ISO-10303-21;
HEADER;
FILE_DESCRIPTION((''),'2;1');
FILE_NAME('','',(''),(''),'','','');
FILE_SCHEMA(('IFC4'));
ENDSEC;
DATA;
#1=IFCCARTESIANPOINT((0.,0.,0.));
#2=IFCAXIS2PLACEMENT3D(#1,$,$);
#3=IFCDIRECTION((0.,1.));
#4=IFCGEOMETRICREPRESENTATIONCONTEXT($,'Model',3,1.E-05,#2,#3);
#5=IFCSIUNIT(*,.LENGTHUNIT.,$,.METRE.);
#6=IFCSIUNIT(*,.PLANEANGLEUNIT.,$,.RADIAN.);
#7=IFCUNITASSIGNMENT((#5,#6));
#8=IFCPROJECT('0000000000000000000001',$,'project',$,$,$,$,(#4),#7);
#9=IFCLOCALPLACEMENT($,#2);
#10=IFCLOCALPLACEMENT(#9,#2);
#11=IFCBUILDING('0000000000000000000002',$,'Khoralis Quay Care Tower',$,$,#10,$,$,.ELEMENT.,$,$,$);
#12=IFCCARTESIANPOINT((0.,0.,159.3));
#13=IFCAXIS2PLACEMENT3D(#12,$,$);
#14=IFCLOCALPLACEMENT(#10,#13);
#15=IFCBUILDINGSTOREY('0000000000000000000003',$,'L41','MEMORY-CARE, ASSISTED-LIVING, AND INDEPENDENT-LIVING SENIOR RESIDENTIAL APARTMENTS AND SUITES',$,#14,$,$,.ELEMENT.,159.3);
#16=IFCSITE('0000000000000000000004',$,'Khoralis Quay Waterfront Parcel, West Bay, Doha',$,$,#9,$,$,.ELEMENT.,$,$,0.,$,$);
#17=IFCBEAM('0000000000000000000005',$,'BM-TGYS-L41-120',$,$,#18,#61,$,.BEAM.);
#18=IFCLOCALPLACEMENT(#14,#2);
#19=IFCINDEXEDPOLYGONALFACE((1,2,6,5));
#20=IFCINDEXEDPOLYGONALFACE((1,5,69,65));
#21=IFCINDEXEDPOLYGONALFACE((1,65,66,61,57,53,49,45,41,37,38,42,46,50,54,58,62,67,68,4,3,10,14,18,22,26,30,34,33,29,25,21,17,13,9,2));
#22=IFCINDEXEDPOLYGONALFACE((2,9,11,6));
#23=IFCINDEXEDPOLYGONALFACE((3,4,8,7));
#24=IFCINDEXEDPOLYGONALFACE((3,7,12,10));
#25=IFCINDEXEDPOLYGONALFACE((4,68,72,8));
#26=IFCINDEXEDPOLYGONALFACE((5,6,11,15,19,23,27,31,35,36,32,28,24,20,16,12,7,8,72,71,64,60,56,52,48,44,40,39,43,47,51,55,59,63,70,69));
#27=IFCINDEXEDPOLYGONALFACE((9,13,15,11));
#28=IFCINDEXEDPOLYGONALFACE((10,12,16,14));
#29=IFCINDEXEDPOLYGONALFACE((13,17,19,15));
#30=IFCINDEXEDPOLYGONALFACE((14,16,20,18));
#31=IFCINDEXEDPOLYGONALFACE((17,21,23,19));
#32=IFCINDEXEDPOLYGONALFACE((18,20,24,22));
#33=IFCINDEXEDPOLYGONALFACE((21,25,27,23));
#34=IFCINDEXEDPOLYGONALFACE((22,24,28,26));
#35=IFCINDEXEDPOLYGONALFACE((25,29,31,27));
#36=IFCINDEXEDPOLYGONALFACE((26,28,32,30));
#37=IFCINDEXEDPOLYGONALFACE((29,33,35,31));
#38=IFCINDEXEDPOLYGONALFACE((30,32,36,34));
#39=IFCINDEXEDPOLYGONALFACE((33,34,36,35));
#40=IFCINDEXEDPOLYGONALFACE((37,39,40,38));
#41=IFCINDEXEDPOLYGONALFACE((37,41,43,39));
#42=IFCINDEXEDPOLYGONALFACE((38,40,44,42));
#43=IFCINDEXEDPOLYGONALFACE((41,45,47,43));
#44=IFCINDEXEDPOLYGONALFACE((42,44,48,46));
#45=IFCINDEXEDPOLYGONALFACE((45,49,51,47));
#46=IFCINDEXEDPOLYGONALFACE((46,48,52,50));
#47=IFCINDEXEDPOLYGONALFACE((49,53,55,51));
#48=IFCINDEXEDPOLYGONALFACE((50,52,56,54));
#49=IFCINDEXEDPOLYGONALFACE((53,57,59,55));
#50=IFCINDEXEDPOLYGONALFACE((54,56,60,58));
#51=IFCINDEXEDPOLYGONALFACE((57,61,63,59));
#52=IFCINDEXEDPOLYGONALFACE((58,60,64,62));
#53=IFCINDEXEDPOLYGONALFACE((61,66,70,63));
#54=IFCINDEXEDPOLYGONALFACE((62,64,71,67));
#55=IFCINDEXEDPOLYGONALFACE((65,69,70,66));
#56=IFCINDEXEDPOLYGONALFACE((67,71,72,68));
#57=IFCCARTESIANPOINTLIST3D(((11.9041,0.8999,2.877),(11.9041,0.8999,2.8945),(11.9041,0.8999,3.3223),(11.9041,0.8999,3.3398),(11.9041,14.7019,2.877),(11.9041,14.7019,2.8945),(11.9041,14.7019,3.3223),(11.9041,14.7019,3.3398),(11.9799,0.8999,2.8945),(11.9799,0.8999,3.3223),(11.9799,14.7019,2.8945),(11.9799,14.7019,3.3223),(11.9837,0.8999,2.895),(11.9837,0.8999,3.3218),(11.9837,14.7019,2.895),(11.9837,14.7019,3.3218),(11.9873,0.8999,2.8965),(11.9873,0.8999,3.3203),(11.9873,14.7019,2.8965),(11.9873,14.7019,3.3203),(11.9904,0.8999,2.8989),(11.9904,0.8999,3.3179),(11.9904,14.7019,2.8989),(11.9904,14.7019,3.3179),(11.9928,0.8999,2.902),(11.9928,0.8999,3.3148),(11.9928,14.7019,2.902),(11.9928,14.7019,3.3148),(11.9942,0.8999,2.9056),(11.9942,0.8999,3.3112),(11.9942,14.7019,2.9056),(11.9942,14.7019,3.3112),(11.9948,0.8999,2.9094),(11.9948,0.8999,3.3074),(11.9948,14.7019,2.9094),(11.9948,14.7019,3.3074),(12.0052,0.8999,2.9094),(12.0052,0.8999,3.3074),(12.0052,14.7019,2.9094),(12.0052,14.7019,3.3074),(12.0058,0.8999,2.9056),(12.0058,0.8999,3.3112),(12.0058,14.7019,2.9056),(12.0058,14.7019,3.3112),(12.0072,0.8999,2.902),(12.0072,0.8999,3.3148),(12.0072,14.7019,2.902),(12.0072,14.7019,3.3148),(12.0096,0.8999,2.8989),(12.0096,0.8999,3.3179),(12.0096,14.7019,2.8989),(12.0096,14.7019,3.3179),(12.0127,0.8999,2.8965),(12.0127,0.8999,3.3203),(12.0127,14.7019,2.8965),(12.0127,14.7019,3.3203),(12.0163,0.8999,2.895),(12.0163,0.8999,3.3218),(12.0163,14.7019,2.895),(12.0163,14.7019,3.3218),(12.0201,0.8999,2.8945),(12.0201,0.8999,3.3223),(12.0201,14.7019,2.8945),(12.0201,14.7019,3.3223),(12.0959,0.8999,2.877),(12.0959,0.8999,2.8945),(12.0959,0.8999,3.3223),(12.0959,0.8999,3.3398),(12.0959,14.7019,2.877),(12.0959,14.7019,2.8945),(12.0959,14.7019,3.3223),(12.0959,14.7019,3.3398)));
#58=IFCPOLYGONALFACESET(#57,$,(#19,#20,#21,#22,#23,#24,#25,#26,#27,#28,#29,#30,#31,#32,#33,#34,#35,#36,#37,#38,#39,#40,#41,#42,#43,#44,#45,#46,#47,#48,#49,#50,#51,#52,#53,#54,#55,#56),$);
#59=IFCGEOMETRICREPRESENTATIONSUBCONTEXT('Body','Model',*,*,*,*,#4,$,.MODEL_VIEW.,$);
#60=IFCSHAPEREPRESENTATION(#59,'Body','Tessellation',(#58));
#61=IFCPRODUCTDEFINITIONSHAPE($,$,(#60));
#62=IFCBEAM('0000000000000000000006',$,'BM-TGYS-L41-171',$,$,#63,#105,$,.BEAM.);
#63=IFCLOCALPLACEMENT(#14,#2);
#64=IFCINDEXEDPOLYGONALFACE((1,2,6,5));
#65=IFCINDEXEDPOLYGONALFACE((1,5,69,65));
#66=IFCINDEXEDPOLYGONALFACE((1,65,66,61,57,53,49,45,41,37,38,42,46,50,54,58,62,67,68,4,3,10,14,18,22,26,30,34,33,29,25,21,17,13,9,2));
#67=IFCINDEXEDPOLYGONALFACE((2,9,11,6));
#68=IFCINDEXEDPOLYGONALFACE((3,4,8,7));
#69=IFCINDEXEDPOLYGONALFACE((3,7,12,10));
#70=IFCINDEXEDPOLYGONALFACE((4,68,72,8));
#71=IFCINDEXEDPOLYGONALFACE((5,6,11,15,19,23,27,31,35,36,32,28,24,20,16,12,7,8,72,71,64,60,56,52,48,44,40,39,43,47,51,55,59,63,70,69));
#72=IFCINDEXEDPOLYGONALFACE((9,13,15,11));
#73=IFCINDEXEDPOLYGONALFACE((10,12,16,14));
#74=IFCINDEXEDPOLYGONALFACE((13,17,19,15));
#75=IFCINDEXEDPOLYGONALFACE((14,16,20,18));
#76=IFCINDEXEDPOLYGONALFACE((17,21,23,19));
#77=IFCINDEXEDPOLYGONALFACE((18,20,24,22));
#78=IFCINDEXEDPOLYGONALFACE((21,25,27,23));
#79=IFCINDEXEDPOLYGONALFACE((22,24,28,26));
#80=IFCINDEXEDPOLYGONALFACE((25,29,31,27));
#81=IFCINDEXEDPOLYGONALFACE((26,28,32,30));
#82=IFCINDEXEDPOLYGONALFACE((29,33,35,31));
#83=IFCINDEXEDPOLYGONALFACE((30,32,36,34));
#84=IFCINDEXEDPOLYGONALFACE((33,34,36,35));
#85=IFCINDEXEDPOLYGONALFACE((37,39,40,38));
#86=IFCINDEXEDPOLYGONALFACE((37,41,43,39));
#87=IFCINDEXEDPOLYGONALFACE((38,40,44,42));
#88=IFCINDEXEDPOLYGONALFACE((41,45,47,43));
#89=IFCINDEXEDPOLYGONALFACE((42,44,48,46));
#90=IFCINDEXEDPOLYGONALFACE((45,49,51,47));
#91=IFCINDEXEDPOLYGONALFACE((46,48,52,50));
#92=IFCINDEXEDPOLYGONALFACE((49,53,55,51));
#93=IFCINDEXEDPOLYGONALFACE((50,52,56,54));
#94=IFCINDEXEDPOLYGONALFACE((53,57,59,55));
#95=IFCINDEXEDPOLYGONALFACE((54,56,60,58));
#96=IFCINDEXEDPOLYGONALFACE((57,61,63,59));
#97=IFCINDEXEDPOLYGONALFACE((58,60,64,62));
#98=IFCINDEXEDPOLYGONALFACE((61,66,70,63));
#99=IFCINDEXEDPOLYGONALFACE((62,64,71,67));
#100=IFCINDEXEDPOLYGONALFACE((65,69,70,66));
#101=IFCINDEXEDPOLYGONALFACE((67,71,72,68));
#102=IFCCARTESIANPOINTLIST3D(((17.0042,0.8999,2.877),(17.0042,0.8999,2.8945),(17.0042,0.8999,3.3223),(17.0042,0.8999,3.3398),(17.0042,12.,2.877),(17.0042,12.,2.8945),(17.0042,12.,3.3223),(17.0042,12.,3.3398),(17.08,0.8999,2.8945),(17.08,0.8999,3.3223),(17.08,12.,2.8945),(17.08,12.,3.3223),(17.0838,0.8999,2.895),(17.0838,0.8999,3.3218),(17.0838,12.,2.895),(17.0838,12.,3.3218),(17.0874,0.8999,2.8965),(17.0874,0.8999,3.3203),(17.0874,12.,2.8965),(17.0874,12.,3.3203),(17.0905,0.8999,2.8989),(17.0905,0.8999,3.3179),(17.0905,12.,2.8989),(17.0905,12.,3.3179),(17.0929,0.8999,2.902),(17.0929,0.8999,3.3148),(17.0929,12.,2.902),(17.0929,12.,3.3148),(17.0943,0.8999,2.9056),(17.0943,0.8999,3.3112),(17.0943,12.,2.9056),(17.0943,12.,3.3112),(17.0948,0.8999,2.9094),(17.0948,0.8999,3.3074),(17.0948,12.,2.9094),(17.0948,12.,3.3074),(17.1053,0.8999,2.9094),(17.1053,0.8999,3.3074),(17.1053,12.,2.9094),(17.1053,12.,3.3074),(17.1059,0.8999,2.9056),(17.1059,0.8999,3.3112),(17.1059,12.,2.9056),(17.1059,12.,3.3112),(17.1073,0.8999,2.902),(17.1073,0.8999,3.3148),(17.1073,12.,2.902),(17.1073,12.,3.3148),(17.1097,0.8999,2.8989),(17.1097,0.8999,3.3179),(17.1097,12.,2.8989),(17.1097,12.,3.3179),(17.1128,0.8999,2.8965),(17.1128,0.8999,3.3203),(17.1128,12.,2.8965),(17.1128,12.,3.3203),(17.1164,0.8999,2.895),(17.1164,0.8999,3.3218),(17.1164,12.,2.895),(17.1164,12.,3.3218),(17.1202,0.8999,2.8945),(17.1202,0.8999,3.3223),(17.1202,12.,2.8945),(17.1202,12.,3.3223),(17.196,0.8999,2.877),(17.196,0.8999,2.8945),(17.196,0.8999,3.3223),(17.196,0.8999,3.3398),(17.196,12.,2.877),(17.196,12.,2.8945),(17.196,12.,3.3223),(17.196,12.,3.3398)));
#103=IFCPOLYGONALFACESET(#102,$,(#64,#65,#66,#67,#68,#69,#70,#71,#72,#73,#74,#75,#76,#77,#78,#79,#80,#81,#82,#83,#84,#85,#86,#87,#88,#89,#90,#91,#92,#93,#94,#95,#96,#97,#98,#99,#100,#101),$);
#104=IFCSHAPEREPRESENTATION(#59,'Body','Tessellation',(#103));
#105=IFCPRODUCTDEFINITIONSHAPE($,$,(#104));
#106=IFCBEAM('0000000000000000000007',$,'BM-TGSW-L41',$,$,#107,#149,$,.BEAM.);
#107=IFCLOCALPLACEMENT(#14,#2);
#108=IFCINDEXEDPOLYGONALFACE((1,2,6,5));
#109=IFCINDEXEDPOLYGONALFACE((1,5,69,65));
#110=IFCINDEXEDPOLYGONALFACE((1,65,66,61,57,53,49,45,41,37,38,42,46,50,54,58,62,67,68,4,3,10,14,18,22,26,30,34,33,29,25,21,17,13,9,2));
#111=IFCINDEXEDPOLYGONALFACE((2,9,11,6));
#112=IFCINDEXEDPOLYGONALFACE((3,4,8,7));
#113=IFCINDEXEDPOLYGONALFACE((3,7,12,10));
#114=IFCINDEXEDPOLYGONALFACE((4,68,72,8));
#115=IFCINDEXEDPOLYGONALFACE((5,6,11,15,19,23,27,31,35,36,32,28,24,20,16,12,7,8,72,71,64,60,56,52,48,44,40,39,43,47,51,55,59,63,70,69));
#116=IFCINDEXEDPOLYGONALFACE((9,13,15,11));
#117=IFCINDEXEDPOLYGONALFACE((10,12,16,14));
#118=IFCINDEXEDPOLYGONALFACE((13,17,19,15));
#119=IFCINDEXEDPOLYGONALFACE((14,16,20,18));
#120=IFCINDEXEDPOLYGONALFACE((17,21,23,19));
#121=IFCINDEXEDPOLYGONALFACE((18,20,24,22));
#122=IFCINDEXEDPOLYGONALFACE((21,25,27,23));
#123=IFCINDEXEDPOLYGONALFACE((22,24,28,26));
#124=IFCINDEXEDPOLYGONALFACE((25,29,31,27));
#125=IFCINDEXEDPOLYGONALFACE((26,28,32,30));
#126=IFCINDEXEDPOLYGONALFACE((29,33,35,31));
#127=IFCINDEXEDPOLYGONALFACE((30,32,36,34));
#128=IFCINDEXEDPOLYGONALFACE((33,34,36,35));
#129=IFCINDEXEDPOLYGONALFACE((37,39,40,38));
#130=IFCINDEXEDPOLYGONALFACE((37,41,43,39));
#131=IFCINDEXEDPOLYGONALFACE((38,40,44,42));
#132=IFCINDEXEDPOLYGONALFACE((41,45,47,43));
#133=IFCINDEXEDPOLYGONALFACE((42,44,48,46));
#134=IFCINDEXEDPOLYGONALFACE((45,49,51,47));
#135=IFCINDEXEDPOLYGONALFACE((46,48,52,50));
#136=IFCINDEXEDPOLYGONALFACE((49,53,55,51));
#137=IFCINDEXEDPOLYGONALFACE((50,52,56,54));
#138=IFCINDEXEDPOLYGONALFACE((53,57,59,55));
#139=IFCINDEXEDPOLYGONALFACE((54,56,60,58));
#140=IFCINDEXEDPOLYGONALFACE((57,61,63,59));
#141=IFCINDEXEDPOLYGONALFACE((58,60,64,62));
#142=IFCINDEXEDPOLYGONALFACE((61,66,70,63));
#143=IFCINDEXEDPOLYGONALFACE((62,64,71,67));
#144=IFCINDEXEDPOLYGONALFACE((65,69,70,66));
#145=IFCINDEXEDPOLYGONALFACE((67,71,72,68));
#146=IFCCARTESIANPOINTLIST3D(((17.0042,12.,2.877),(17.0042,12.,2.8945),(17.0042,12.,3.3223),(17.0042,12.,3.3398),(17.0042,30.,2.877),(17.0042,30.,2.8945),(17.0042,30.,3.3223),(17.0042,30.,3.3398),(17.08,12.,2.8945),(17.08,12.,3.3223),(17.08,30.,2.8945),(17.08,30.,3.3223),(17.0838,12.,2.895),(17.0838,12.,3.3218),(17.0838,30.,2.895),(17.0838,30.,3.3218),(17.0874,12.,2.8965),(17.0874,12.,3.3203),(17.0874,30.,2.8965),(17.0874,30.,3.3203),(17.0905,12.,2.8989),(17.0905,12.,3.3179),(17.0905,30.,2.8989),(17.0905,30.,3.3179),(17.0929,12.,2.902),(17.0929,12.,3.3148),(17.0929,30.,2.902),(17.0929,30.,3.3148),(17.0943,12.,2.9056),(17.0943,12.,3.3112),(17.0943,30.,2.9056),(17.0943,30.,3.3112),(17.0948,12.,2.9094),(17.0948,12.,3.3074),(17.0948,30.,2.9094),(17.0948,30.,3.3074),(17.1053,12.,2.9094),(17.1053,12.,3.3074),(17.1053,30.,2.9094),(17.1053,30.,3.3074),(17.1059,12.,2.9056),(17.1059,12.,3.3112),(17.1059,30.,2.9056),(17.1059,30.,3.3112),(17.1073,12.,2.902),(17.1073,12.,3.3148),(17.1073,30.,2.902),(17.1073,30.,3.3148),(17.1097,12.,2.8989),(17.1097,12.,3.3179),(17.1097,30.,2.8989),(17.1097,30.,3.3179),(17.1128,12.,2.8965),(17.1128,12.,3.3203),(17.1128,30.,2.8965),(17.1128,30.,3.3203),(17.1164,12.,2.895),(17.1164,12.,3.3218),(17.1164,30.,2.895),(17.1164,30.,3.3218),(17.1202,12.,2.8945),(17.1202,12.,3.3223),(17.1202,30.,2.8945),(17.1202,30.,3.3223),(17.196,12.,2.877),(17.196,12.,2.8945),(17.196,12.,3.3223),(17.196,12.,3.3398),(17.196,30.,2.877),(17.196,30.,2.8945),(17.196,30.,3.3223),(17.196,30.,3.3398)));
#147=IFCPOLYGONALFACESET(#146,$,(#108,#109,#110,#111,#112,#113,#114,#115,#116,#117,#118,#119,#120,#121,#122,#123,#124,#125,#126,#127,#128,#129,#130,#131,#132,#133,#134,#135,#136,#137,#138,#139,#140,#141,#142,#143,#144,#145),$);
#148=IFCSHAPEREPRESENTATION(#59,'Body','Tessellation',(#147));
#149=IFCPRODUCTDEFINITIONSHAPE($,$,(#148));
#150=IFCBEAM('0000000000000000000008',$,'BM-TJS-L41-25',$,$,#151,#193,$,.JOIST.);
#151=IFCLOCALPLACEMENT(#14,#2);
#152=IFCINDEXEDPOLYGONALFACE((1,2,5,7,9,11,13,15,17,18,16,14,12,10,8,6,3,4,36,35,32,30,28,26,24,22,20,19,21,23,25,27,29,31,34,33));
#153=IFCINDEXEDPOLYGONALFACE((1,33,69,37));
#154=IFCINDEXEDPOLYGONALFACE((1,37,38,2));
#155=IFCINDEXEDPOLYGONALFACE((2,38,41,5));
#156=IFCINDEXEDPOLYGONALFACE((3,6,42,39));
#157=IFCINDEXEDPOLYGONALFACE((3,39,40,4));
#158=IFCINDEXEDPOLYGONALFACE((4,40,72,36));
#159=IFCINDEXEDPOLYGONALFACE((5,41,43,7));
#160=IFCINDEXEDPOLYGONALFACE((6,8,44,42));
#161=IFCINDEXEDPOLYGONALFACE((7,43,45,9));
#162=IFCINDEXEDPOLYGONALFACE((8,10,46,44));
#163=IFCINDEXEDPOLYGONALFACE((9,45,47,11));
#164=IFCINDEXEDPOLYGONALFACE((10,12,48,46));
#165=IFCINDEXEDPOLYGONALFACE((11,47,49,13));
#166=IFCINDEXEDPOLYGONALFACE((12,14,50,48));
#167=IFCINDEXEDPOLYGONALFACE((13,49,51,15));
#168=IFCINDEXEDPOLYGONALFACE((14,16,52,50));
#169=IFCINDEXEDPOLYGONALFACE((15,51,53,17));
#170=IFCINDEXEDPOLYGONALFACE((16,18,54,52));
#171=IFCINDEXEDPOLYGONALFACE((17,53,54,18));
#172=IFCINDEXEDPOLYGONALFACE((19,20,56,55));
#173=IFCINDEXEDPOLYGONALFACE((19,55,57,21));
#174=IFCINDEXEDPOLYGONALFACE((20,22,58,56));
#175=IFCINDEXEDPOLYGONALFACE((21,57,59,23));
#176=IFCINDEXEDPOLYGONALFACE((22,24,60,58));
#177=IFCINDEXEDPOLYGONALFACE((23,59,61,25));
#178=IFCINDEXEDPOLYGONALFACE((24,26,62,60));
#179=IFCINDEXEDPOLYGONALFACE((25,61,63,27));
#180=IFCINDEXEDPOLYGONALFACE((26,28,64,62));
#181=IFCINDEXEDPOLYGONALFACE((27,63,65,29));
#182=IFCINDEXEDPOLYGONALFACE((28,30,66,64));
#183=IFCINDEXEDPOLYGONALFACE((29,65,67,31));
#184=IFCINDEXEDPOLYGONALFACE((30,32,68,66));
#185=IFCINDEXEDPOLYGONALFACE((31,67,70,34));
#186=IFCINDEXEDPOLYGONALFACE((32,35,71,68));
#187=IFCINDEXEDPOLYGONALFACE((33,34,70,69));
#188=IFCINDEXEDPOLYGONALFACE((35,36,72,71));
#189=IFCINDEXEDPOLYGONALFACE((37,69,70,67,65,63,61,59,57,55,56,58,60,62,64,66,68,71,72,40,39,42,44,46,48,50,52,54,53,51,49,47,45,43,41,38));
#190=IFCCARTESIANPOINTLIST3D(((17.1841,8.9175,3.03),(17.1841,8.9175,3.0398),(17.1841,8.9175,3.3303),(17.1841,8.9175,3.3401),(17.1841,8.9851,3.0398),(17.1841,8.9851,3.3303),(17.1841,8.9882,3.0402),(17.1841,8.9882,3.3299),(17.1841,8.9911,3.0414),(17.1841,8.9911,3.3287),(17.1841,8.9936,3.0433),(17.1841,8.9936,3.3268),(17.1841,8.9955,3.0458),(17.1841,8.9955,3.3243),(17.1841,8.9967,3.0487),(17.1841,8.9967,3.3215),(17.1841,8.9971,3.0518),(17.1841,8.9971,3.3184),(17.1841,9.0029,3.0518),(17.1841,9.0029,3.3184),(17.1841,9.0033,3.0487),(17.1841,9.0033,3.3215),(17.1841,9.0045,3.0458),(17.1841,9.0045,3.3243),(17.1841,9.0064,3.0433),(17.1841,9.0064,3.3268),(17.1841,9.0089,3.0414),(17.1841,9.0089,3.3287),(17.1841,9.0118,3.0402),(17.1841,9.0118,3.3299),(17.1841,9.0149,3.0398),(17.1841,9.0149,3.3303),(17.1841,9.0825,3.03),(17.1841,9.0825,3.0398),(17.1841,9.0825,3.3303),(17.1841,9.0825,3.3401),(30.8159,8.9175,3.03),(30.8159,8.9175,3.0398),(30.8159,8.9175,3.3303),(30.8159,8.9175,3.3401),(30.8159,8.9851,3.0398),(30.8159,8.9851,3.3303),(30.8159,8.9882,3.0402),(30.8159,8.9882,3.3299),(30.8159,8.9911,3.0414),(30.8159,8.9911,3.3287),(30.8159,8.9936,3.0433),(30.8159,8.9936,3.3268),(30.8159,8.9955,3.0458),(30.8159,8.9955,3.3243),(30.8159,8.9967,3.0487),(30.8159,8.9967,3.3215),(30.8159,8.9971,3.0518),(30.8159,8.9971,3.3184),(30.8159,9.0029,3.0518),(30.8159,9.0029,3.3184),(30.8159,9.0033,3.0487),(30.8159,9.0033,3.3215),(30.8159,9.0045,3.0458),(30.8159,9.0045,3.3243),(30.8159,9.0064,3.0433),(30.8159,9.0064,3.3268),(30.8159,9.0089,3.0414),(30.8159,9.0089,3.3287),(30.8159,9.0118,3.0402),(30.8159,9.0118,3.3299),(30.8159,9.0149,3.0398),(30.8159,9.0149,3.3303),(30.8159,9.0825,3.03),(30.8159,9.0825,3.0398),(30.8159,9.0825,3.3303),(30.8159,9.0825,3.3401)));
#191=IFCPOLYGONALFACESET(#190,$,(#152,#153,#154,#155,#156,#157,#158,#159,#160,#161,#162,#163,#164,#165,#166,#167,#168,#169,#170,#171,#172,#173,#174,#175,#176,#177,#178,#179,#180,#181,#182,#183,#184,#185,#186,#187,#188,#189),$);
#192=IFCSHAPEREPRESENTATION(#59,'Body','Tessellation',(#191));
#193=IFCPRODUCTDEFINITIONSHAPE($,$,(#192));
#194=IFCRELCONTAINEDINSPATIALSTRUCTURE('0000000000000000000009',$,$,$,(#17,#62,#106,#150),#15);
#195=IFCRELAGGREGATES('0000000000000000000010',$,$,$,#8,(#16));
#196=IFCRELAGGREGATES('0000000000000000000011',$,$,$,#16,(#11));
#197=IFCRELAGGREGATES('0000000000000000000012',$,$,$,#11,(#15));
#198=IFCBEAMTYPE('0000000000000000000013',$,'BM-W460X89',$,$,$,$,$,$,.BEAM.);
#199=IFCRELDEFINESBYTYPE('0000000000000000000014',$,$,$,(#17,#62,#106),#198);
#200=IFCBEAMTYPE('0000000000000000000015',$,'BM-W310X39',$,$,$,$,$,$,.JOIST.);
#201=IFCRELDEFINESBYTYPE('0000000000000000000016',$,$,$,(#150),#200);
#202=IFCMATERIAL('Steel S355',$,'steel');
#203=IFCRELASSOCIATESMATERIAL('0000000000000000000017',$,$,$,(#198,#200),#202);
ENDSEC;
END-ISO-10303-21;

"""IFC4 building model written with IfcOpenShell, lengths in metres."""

from ifc_helpers import new_model, si_unit, direction, frame, origin, origin_2d, place, context, subcontext, project, spatial, i_section, extrude, source, transform, mapped, material, material_profile, profile_set, type_object, element, save


model = new_model("IFC4")

# Units and contexts
model_context = context("Model", 3, precision=1e-05, world=origin(), true_north=direction((0.0, 1.0)))
body_context = subcontext(model_context, "Body", "Model", "MODEL_VIEW")
ifc_project = project(units=[si_unit("LENGTHUNIT", "METRE"), si_unit("PLANEANGLEUNIT", "RADIAN")], contexts=[model_context])

# Site, building, storey
site_placement = place(None, origin())
site = spatial("IfcSite", under=ifc_project, at=site_placement, Name="Khoralis Quay Waterfront Parcel, West Bay, Doha", CompositionType="ELEMENT", RefElevation=0.0)
building_placement = place(site_placement, origin())
building = spatial("IfcBuilding", under=site, at=building_placement, Name="Khoralis Quay Care Tower", CompositionType="ELEMENT")
storey_placement = place(building_placement, frame((0.0, 0.0, 159.3)))
storey = spatial("IfcBuildingStorey", under=building, at=storey_placement, Name="L41", Description="MEMORY-CARE, ASSISTED-LIVING, AND INDEPENDENT-LIVING SENIOR RESIDENTIAL APARTMENTS AND SUITES", CompositionType="ELEMENT", Elevation=159.3)

# Beams
ifc_material_1 = material(Name="Steel S355", Category="steel")
ifc_material_profile_1 = material_profile(ifc_material_1, i_section(OverallWidth=0.1919, OverallDepth=0.4629, WebThickness=0.0105, FlangeThickness=0.0176, FilletRadius=0.0149, at=origin_2d()), Name="Steel S355")
ifc_profile_set_1 = profile_set([ifc_material_profile_1], Name="Steel S355")
beam_type_1 = type_object("IfcBeamType", Name="BM-W460X89", PredefinedType="BEAM", material=ifc_profile_set_1)
shared_shape_1 = source(origin(), body_context, "Body", "SweptSolid", [
    extrude(i_section(OverallWidth=0.1919, OverallDepth=0.4629, WebThickness=0.0105, FlangeThickness=0.0176, FilletRadius=0.0149, at=origin_2d()), origin(), (0.0, 0.0, 1.0), 13.802),
])
beam_1_placement = place(storey_placement, frame((12.0, 0.8999, 3.1084), z_axis=(0.0, 1.0, 0.0), x_axis=(-1.0, 0.0, 0.0)))
element("IfcBeam", 1, at=beam_1_placement, inside=storey, type_object=beam_type_1, Name="BM-TGYS-L41-120", PredefinedType="BEAM", context=body_context, shape_type="MappedRepresentation", body=[
    mapped(shared_shape_1, transform((0.0, 0.0, 0.0), scale=1.0)),
])
shared_shape_2 = source(origin(), body_context, "Body", "SweptSolid", [
    extrude(i_section(OverallWidth=0.1919, OverallDepth=0.4629, WebThickness=0.0105, FlangeThickness=0.0176, FilletRadius=0.0149, at=origin_2d()), origin(), (0.0, 0.0, 1.0), 11.1001),
])
beam_2_placement = place(storey_placement, frame((17.1001, 0.8999, 3.1084), z_axis=(0.0, 1.0, 0.0), x_axis=(-1.0, 0.0, 0.0)))
element("IfcBeam", 2, at=beam_2_placement, inside=storey, type_object=beam_type_1, Name="BM-TGYS-L41-171", PredefinedType="BEAM", context=body_context, shape_type="MappedRepresentation", body=[
    mapped(shared_shape_2, transform((0.0, 0.0, 0.0), scale=1.0)),
])
shared_shape_3 = source(origin(), body_context, "Body", "SweptSolid", [
    extrude(i_section(OverallWidth=0.1919, OverallDepth=0.4629, WebThickness=0.0105, FlangeThickness=0.0176, FilletRadius=0.0149, at=origin_2d()), origin(), (0.0, 0.0, 1.0), 18.0),
])
beam_3_placement = place(storey_placement, frame((17.1001, 12.0, 3.1084), z_axis=(0.0, 1.0, 0.0), x_axis=(-1.0, 0.0, 0.0)))
element("IfcBeam", 3, at=beam_3_placement, inside=storey, type_object=beam_type_1, Name="BM-TGSW-L41", PredefinedType="BEAM", context=body_context, shape_type="MappedRepresentation", body=[
    mapped(shared_shape_3, transform((0.0, 0.0, 0.0), scale=1.0)),
])
ifc_material_profile_2 = material_profile(ifc_material_1, i_section(OverallWidth=0.165, OverallDepth=0.3101, WebThickness=0.0059, FlangeThickness=0.0098, FilletRadius=0.012, at=origin_2d()), Name="Steel S355")
ifc_profile_set_2 = profile_set([ifc_material_profile_2], Name="Steel S355")
beam_type_2 = type_object("IfcBeamType", Name="BM-W310X39", PredefinedType="JOIST", material=ifc_profile_set_2)
shared_shape_4 = source(origin(), body_context, "Body", "SweptSolid", [
    extrude(i_section(OverallWidth=0.165, OverallDepth=0.3101, WebThickness=0.0059, FlangeThickness=0.0098, FilletRadius=0.012, at=origin_2d()), origin(), (0.0, 0.0, 1.0), 13.6318),
])
beam_4_placement = place(storey_placement, frame((17.1841, 9.0, 3.1851), z_axis=(1.0, 0.0, 0.0), x_axis=(0.0, 1.0, 0.0)))
element("IfcBeam", 4, at=beam_4_placement, inside=storey, type_object=beam_type_2, Name="BM-TJS-L41-25", PredefinedType="JOIST", context=body_context, shape_type="MappedRepresentation", body=[
    mapped(shared_shape_4, transform((0.0, 0.0, 0.0), scale=1.0)),
])

save(model, "model.ifc")
